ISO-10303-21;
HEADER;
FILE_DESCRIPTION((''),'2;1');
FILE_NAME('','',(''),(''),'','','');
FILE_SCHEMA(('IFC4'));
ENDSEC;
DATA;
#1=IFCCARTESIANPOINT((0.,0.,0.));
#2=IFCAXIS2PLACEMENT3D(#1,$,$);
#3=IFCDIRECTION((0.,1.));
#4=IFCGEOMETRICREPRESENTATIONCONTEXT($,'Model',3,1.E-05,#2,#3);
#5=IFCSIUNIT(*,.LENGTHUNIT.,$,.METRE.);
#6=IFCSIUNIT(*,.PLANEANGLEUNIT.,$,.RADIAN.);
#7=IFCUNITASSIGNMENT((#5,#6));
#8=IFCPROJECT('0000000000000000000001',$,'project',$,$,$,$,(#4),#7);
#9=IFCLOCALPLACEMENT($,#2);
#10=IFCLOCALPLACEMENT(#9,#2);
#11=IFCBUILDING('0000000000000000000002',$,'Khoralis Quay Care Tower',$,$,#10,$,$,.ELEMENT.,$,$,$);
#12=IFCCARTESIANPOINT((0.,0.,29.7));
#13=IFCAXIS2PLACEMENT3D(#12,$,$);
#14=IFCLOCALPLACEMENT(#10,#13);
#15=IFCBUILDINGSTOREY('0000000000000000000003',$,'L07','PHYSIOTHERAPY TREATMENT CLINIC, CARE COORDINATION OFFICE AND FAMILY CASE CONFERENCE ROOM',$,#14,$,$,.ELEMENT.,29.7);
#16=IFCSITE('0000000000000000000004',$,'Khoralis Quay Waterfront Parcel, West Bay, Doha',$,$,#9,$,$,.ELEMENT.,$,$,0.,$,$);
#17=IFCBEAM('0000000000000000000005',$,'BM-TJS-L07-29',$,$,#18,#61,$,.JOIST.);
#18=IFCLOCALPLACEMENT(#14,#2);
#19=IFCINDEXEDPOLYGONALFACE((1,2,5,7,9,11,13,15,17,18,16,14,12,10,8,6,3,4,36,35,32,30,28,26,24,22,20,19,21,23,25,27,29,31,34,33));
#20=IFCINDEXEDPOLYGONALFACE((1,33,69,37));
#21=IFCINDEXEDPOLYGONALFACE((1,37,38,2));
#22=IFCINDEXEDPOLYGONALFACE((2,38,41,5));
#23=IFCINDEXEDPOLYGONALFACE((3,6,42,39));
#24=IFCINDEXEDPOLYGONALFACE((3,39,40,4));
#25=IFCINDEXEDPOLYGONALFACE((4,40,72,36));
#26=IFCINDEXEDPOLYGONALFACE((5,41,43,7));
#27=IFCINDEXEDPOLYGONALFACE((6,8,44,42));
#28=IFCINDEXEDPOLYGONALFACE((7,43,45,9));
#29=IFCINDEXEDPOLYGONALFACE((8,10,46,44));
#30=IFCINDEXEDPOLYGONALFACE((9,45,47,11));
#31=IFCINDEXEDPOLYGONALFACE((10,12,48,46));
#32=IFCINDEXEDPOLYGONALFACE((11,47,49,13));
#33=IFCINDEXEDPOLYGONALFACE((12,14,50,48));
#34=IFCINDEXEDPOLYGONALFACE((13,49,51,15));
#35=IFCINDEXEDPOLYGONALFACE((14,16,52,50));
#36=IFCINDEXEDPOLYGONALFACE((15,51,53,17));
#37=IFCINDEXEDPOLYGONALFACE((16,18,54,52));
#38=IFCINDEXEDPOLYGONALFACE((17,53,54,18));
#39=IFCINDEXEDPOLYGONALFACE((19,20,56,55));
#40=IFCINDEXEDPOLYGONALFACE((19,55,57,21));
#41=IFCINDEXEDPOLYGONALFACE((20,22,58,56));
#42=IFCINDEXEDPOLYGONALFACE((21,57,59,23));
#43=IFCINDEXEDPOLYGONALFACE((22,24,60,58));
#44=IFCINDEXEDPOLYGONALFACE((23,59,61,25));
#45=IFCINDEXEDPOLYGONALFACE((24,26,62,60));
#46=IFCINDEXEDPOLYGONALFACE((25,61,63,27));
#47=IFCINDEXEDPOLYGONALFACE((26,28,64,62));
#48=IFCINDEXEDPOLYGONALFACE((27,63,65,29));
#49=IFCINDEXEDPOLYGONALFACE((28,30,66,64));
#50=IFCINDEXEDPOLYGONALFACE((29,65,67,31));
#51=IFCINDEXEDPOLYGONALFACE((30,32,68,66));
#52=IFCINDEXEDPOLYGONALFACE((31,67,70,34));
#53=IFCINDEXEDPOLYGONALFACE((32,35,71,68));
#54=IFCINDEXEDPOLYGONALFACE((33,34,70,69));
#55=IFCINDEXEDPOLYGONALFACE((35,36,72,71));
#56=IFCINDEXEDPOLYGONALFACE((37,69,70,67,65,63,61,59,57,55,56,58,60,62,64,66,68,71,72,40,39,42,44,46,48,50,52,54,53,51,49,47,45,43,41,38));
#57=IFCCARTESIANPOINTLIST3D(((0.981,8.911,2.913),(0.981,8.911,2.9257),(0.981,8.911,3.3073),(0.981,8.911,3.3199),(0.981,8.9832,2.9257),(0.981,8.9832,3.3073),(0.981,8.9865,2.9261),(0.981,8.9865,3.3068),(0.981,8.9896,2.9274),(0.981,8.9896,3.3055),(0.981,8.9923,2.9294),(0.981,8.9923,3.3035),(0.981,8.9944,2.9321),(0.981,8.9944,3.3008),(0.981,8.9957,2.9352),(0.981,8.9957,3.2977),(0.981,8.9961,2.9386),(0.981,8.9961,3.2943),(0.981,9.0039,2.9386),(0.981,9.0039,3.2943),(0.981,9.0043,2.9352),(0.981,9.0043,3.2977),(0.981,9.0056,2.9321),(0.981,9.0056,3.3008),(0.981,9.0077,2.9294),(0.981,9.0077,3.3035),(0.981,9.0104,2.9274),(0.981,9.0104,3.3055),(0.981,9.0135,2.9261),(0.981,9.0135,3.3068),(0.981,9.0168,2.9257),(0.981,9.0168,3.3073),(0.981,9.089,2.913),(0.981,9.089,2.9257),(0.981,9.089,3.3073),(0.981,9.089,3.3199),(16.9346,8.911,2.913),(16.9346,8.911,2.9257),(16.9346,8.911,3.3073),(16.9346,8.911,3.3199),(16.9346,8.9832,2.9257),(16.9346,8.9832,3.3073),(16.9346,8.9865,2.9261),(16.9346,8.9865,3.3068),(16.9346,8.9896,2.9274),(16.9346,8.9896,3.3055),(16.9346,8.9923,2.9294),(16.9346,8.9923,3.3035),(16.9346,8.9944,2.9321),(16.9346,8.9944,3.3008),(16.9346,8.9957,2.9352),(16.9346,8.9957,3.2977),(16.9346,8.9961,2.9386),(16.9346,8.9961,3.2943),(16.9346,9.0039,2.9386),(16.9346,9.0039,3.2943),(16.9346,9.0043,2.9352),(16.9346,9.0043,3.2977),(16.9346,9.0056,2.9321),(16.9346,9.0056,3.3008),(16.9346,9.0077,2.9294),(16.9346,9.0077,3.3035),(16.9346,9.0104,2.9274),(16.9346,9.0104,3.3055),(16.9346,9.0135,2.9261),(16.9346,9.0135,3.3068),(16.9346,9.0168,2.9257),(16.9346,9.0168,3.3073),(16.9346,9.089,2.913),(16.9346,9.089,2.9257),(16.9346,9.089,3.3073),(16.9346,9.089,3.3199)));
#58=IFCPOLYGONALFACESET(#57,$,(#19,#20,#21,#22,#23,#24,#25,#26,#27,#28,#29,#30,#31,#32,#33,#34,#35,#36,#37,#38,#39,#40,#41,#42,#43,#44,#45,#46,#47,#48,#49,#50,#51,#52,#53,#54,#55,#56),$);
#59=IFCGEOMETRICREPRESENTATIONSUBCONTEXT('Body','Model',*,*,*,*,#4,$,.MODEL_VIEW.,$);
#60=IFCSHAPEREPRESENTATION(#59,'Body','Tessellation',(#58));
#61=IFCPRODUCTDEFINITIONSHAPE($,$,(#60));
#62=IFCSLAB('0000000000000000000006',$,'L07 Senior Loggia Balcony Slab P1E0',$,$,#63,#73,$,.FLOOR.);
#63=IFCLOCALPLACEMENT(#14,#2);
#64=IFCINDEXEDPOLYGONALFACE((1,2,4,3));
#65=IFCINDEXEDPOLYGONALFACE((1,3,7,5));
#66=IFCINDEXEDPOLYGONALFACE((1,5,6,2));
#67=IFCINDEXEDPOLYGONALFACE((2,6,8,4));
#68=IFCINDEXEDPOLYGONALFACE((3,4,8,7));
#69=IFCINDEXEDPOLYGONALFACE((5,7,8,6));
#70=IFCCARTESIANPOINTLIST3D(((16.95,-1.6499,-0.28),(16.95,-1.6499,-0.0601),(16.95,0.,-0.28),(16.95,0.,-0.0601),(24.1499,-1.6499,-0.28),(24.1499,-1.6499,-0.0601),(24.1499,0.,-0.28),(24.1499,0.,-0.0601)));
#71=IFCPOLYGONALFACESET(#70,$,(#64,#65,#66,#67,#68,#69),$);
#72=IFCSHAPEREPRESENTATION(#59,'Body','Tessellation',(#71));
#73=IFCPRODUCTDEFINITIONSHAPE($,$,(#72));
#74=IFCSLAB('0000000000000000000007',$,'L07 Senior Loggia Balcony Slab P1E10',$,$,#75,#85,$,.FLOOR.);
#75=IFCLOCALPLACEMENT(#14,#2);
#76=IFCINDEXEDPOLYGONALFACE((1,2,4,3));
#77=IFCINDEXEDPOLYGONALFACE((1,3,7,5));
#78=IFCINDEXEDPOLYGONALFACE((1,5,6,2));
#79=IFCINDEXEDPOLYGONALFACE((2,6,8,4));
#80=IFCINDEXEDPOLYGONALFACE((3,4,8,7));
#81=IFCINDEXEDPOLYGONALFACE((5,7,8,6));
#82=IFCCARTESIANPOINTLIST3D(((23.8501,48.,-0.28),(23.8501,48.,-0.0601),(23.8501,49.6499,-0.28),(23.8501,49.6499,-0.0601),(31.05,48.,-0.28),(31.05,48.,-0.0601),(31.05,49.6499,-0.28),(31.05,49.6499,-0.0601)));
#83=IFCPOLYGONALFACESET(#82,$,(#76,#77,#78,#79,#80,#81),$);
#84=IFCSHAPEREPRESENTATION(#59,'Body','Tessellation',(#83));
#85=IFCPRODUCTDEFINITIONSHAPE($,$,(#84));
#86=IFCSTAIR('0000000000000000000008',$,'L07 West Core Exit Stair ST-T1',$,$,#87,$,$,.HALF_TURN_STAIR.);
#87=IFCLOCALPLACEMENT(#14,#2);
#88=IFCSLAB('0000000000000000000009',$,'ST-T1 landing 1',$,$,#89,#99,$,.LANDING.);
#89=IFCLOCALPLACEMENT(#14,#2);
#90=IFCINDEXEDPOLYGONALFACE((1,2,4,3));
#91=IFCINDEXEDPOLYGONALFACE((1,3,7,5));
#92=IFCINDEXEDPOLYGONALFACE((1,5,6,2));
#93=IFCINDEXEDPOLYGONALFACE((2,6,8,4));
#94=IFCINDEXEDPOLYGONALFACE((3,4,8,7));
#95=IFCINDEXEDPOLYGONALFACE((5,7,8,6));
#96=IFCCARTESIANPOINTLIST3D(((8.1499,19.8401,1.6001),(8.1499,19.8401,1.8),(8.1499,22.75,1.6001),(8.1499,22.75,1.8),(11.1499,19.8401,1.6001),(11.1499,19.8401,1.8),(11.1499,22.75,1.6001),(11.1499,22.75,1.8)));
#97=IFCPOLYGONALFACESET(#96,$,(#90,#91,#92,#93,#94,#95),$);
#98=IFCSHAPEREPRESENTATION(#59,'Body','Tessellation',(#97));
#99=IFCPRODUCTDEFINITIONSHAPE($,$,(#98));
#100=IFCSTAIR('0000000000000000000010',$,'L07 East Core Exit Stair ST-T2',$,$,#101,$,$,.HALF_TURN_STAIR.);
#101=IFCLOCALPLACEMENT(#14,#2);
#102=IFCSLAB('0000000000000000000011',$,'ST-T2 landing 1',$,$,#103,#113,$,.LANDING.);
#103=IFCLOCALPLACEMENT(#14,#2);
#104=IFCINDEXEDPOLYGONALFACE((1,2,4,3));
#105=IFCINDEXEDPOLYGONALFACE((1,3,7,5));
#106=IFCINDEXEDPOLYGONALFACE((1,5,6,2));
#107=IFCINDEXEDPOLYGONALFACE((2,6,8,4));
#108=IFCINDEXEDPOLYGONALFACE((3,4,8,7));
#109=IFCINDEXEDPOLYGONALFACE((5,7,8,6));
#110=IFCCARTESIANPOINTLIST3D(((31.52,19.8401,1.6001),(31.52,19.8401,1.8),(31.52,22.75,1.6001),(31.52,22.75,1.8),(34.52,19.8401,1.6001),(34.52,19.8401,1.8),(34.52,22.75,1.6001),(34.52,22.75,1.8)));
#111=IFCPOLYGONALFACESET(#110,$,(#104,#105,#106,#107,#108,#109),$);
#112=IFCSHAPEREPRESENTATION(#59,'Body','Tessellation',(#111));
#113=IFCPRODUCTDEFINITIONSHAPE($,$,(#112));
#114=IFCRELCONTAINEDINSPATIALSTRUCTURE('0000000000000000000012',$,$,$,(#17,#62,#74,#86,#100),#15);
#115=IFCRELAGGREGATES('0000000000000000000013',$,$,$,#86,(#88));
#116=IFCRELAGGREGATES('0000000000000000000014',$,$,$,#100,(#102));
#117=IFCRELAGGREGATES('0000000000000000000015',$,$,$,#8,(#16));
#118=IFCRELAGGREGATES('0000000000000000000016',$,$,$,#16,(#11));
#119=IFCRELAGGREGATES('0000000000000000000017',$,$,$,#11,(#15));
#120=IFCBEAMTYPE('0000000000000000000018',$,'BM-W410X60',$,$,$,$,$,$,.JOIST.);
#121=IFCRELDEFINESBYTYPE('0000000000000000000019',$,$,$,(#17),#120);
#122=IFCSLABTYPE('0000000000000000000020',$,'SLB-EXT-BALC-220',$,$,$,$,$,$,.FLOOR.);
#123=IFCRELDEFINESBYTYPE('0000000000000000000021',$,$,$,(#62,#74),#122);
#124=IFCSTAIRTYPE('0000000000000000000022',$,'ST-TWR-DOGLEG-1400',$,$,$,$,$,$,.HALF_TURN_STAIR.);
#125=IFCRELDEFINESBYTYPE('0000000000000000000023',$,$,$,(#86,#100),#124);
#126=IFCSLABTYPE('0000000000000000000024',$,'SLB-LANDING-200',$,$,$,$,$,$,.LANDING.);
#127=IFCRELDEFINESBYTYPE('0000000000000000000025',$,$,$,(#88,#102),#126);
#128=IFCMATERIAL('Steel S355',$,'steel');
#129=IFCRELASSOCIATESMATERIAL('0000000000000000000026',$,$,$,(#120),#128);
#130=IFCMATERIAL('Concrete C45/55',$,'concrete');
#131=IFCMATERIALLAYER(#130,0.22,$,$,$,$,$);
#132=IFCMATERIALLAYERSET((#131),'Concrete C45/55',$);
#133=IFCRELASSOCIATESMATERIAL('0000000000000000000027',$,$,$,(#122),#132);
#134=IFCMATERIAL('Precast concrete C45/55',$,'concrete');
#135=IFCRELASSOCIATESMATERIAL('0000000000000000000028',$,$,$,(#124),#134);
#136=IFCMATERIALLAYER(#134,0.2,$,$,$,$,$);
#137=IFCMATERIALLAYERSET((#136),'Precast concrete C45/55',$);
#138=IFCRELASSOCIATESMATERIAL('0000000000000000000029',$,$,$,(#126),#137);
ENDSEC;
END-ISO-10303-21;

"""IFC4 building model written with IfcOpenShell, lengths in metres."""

from ifc_helpers import new_model, si_unit, direction, frame, origin, origin_2d, place, context, subcontext, project, spatial, polyline, i_section, outline, extrude, source, transform, mapped, material, layer, layer_set, material_profile, profile_set, type_object, element, aggregate, save


model = new_model("IFC4")

# Units and contexts
model_context = context("Model", 3, precision=1e-05, world=origin(), true_north=direction((0.0, 1.0)))
body_context = subcontext(model_context, "Body", "Model", "MODEL_VIEW")
ifc_project = project(units=[si_unit("LENGTHUNIT", "METRE"), si_unit("PLANEANGLEUNIT", "RADIAN")], contexts=[model_context])

# Site, building, storey
site_placement = place(None, origin())
site = spatial("IfcSite", under=ifc_project, at=site_placement, Name="Khoralis Quay Waterfront Parcel, West Bay, Doha", CompositionType="ELEMENT", RefElevation=0.0)
building_placement = place(site_placement, origin())
building = spatial("IfcBuilding", under=site, at=building_placement, Name="Khoralis Quay Care Tower", CompositionType="ELEMENT")
storey_placement = place(building_placement, frame((0.0, 0.0, 29.7)))
storey = spatial("IfcBuildingStorey", under=building, at=storey_placement, Name="L07", Description="PHYSIOTHERAPY TREATMENT CLINIC, CARE COORDINATION OFFICE AND FAMILY CASE CONFERENCE ROOM", CompositionType="ELEMENT", Elevation=29.7)

# Beam
ifc_material_1 = material(Name="Steel S355", Category="steel")
ifc_material_profile_1 = material_profile(ifc_material_1, i_section(OverallWidth=0.178, OverallDepth=0.407, WebThickness=0.0078, FlangeThickness=0.0127, FilletRadius=0.0129, at=origin_2d()), Name="Steel S355")
ifc_profile_set_1 = profile_set([ifc_material_profile_1], Name="Steel S355")
beam_type_1 = type_object("IfcBeamType", Name="BM-W410X60", PredefinedType="JOIST", material=ifc_profile_set_1)
shared_shape_1 = source(origin(), body_context, "Body", "SweptSolid", [
    extrude(i_section(OverallWidth=0.178, OverallDepth=0.407, WebThickness=0.0078, FlangeThickness=0.0127, FilletRadius=0.0129, at=origin_2d()), origin(), (0.0, 0.0, 1.0), 15.9536),
])
beam_1_placement = place(storey_placement, frame((0.981, 9.0, 3.1165), z_axis=(1.0, 0.0, 0.0), x_axis=(0.0, 1.0, 0.0)))
element("IfcBeam", 1, at=beam_1_placement, inside=storey, type_object=beam_type_1, Name="BM-TJS-L07-29", PredefinedType="JOIST", context=body_context, shape_type="MappedRepresentation", body=[
    mapped(shared_shape_1, transform((0.0, 0.0, 0.0), scale=1.0)),
])

# Slabs
ifc_material_2 = material(Name="Concrete C45/55", Category="concrete")
ifc_layer_1 = layer(ifc_material_2, 0.22)
ifc_layer_set_1 = layer_set([ifc_layer_1], Name="Concrete C45/55")
slab_type_1 = type_object("IfcSlabType", Name="SLB-EXT-BALC-220", PredefinedType="FLOOR", material=ifc_layer_set_1)
slab_1_placement = place(storey_placement, frame((0.0, 0.0, -0.28)))
element("IfcSlab", 2, at=slab_1_placement, inside=storey, type_object=slab_type_1, Name="L07 Senior Loggia Balcony Slab P1E0", PredefinedType="FLOOR", context=body_context, shape_type="SweptSolid", body=[
    extrude(outline(polyline([(16.95, -1.6499), (24.1499, -1.6499), (24.1499, 0.0), (16.95, 0.0), (16.95, -1.6499)])), origin(), (0.0, 0.0, 1.0), 0.22),
])
slab_2_placement = place(storey_placement, frame((0.0, 0.0, -0.28)))
element("IfcSlab", 3, at=slab_2_placement, inside=storey, type_object=slab_type_1, Name="L07 Senior Loggia Balcony Slab P1E10", PredefinedType="FLOOR", context=body_context, shape_type="SweptSolid", body=[
    extrude(outline(polyline([(23.8501, 48.0), (31.05, 48.0), (31.05, 49.6499), (23.8501, 49.6499), (23.8501, 48.0)])), origin(), (0.0, 0.0, 1.0), 0.22),
])

# Stairs, slabs
ifc_material_3 = material(Name="Precast concrete C45/55", Category="concrete")
stair_type = type_object("IfcStairType", Name="ST-TWR-DOGLEG-1400", PredefinedType="HALF_TURN_STAIR", material=ifc_material_3)
stair_1_placement = place(storey_placement, origin())
stair_1 = element("IfcStair", 4, at=stair_1_placement, inside=storey, type_object=stair_type, Name="L07 West Core Exit Stair ST-T1", PredefinedType="HALF_TURN_STAIR")
ifc_layer_2 = layer(ifc_material_3, 0.2)
ifc_layer_set_2 = layer_set([ifc_layer_2], Name="Precast concrete C45/55")
slab_type_2 = type_object("IfcSlabType", Name="SLB-LANDING-200", PredefinedType="LANDING", material=ifc_layer_set_2)
slab_3_placement = place(storey_placement, frame((0.0, 0.0, 1.6001)))
slab_3 = element("IfcSlab", 5, at=slab_3_placement, type_object=slab_type_2, Name="ST-T1 landing 1", PredefinedType="LANDING", context=body_context, shape_type="SweptSolid", body=[
    extrude(outline(polyline([(11.1499, 19.8401), (11.1499, 22.75), (8.1499, 22.75), (8.1499, 19.8401), (11.1499, 19.8401)])), origin(), (0.0, 0.0, 1.0), 0.2),
])
aggregate(stair_1, [slab_3])
stair_2_placement = place(storey_placement, origin())
stair_2 = element("IfcStair", 6, at=stair_2_placement, inside=storey, type_object=stair_type, Name="L07 East Core Exit Stair ST-T2", PredefinedType="HALF_TURN_STAIR")
slab_4_placement = place(storey_placement, frame((0.0, 0.0, 1.6001)))
slab_4 = element("IfcSlab", 7, at=slab_4_placement, type_object=slab_type_2, Name="ST-T2 landing 1", PredefinedType="LANDING", context=body_context, shape_type="SweptSolid", body=[
    extrude(outline(polyline([(34.52, 19.8401), (34.52, 22.75), (31.52, 22.75), (31.52, 19.8401), (34.52, 19.8401)])), origin(), (0.0, 0.0, 1.0), 0.2),
])
aggregate(stair_2, [slab_4])

save(model, "model.ifc")
